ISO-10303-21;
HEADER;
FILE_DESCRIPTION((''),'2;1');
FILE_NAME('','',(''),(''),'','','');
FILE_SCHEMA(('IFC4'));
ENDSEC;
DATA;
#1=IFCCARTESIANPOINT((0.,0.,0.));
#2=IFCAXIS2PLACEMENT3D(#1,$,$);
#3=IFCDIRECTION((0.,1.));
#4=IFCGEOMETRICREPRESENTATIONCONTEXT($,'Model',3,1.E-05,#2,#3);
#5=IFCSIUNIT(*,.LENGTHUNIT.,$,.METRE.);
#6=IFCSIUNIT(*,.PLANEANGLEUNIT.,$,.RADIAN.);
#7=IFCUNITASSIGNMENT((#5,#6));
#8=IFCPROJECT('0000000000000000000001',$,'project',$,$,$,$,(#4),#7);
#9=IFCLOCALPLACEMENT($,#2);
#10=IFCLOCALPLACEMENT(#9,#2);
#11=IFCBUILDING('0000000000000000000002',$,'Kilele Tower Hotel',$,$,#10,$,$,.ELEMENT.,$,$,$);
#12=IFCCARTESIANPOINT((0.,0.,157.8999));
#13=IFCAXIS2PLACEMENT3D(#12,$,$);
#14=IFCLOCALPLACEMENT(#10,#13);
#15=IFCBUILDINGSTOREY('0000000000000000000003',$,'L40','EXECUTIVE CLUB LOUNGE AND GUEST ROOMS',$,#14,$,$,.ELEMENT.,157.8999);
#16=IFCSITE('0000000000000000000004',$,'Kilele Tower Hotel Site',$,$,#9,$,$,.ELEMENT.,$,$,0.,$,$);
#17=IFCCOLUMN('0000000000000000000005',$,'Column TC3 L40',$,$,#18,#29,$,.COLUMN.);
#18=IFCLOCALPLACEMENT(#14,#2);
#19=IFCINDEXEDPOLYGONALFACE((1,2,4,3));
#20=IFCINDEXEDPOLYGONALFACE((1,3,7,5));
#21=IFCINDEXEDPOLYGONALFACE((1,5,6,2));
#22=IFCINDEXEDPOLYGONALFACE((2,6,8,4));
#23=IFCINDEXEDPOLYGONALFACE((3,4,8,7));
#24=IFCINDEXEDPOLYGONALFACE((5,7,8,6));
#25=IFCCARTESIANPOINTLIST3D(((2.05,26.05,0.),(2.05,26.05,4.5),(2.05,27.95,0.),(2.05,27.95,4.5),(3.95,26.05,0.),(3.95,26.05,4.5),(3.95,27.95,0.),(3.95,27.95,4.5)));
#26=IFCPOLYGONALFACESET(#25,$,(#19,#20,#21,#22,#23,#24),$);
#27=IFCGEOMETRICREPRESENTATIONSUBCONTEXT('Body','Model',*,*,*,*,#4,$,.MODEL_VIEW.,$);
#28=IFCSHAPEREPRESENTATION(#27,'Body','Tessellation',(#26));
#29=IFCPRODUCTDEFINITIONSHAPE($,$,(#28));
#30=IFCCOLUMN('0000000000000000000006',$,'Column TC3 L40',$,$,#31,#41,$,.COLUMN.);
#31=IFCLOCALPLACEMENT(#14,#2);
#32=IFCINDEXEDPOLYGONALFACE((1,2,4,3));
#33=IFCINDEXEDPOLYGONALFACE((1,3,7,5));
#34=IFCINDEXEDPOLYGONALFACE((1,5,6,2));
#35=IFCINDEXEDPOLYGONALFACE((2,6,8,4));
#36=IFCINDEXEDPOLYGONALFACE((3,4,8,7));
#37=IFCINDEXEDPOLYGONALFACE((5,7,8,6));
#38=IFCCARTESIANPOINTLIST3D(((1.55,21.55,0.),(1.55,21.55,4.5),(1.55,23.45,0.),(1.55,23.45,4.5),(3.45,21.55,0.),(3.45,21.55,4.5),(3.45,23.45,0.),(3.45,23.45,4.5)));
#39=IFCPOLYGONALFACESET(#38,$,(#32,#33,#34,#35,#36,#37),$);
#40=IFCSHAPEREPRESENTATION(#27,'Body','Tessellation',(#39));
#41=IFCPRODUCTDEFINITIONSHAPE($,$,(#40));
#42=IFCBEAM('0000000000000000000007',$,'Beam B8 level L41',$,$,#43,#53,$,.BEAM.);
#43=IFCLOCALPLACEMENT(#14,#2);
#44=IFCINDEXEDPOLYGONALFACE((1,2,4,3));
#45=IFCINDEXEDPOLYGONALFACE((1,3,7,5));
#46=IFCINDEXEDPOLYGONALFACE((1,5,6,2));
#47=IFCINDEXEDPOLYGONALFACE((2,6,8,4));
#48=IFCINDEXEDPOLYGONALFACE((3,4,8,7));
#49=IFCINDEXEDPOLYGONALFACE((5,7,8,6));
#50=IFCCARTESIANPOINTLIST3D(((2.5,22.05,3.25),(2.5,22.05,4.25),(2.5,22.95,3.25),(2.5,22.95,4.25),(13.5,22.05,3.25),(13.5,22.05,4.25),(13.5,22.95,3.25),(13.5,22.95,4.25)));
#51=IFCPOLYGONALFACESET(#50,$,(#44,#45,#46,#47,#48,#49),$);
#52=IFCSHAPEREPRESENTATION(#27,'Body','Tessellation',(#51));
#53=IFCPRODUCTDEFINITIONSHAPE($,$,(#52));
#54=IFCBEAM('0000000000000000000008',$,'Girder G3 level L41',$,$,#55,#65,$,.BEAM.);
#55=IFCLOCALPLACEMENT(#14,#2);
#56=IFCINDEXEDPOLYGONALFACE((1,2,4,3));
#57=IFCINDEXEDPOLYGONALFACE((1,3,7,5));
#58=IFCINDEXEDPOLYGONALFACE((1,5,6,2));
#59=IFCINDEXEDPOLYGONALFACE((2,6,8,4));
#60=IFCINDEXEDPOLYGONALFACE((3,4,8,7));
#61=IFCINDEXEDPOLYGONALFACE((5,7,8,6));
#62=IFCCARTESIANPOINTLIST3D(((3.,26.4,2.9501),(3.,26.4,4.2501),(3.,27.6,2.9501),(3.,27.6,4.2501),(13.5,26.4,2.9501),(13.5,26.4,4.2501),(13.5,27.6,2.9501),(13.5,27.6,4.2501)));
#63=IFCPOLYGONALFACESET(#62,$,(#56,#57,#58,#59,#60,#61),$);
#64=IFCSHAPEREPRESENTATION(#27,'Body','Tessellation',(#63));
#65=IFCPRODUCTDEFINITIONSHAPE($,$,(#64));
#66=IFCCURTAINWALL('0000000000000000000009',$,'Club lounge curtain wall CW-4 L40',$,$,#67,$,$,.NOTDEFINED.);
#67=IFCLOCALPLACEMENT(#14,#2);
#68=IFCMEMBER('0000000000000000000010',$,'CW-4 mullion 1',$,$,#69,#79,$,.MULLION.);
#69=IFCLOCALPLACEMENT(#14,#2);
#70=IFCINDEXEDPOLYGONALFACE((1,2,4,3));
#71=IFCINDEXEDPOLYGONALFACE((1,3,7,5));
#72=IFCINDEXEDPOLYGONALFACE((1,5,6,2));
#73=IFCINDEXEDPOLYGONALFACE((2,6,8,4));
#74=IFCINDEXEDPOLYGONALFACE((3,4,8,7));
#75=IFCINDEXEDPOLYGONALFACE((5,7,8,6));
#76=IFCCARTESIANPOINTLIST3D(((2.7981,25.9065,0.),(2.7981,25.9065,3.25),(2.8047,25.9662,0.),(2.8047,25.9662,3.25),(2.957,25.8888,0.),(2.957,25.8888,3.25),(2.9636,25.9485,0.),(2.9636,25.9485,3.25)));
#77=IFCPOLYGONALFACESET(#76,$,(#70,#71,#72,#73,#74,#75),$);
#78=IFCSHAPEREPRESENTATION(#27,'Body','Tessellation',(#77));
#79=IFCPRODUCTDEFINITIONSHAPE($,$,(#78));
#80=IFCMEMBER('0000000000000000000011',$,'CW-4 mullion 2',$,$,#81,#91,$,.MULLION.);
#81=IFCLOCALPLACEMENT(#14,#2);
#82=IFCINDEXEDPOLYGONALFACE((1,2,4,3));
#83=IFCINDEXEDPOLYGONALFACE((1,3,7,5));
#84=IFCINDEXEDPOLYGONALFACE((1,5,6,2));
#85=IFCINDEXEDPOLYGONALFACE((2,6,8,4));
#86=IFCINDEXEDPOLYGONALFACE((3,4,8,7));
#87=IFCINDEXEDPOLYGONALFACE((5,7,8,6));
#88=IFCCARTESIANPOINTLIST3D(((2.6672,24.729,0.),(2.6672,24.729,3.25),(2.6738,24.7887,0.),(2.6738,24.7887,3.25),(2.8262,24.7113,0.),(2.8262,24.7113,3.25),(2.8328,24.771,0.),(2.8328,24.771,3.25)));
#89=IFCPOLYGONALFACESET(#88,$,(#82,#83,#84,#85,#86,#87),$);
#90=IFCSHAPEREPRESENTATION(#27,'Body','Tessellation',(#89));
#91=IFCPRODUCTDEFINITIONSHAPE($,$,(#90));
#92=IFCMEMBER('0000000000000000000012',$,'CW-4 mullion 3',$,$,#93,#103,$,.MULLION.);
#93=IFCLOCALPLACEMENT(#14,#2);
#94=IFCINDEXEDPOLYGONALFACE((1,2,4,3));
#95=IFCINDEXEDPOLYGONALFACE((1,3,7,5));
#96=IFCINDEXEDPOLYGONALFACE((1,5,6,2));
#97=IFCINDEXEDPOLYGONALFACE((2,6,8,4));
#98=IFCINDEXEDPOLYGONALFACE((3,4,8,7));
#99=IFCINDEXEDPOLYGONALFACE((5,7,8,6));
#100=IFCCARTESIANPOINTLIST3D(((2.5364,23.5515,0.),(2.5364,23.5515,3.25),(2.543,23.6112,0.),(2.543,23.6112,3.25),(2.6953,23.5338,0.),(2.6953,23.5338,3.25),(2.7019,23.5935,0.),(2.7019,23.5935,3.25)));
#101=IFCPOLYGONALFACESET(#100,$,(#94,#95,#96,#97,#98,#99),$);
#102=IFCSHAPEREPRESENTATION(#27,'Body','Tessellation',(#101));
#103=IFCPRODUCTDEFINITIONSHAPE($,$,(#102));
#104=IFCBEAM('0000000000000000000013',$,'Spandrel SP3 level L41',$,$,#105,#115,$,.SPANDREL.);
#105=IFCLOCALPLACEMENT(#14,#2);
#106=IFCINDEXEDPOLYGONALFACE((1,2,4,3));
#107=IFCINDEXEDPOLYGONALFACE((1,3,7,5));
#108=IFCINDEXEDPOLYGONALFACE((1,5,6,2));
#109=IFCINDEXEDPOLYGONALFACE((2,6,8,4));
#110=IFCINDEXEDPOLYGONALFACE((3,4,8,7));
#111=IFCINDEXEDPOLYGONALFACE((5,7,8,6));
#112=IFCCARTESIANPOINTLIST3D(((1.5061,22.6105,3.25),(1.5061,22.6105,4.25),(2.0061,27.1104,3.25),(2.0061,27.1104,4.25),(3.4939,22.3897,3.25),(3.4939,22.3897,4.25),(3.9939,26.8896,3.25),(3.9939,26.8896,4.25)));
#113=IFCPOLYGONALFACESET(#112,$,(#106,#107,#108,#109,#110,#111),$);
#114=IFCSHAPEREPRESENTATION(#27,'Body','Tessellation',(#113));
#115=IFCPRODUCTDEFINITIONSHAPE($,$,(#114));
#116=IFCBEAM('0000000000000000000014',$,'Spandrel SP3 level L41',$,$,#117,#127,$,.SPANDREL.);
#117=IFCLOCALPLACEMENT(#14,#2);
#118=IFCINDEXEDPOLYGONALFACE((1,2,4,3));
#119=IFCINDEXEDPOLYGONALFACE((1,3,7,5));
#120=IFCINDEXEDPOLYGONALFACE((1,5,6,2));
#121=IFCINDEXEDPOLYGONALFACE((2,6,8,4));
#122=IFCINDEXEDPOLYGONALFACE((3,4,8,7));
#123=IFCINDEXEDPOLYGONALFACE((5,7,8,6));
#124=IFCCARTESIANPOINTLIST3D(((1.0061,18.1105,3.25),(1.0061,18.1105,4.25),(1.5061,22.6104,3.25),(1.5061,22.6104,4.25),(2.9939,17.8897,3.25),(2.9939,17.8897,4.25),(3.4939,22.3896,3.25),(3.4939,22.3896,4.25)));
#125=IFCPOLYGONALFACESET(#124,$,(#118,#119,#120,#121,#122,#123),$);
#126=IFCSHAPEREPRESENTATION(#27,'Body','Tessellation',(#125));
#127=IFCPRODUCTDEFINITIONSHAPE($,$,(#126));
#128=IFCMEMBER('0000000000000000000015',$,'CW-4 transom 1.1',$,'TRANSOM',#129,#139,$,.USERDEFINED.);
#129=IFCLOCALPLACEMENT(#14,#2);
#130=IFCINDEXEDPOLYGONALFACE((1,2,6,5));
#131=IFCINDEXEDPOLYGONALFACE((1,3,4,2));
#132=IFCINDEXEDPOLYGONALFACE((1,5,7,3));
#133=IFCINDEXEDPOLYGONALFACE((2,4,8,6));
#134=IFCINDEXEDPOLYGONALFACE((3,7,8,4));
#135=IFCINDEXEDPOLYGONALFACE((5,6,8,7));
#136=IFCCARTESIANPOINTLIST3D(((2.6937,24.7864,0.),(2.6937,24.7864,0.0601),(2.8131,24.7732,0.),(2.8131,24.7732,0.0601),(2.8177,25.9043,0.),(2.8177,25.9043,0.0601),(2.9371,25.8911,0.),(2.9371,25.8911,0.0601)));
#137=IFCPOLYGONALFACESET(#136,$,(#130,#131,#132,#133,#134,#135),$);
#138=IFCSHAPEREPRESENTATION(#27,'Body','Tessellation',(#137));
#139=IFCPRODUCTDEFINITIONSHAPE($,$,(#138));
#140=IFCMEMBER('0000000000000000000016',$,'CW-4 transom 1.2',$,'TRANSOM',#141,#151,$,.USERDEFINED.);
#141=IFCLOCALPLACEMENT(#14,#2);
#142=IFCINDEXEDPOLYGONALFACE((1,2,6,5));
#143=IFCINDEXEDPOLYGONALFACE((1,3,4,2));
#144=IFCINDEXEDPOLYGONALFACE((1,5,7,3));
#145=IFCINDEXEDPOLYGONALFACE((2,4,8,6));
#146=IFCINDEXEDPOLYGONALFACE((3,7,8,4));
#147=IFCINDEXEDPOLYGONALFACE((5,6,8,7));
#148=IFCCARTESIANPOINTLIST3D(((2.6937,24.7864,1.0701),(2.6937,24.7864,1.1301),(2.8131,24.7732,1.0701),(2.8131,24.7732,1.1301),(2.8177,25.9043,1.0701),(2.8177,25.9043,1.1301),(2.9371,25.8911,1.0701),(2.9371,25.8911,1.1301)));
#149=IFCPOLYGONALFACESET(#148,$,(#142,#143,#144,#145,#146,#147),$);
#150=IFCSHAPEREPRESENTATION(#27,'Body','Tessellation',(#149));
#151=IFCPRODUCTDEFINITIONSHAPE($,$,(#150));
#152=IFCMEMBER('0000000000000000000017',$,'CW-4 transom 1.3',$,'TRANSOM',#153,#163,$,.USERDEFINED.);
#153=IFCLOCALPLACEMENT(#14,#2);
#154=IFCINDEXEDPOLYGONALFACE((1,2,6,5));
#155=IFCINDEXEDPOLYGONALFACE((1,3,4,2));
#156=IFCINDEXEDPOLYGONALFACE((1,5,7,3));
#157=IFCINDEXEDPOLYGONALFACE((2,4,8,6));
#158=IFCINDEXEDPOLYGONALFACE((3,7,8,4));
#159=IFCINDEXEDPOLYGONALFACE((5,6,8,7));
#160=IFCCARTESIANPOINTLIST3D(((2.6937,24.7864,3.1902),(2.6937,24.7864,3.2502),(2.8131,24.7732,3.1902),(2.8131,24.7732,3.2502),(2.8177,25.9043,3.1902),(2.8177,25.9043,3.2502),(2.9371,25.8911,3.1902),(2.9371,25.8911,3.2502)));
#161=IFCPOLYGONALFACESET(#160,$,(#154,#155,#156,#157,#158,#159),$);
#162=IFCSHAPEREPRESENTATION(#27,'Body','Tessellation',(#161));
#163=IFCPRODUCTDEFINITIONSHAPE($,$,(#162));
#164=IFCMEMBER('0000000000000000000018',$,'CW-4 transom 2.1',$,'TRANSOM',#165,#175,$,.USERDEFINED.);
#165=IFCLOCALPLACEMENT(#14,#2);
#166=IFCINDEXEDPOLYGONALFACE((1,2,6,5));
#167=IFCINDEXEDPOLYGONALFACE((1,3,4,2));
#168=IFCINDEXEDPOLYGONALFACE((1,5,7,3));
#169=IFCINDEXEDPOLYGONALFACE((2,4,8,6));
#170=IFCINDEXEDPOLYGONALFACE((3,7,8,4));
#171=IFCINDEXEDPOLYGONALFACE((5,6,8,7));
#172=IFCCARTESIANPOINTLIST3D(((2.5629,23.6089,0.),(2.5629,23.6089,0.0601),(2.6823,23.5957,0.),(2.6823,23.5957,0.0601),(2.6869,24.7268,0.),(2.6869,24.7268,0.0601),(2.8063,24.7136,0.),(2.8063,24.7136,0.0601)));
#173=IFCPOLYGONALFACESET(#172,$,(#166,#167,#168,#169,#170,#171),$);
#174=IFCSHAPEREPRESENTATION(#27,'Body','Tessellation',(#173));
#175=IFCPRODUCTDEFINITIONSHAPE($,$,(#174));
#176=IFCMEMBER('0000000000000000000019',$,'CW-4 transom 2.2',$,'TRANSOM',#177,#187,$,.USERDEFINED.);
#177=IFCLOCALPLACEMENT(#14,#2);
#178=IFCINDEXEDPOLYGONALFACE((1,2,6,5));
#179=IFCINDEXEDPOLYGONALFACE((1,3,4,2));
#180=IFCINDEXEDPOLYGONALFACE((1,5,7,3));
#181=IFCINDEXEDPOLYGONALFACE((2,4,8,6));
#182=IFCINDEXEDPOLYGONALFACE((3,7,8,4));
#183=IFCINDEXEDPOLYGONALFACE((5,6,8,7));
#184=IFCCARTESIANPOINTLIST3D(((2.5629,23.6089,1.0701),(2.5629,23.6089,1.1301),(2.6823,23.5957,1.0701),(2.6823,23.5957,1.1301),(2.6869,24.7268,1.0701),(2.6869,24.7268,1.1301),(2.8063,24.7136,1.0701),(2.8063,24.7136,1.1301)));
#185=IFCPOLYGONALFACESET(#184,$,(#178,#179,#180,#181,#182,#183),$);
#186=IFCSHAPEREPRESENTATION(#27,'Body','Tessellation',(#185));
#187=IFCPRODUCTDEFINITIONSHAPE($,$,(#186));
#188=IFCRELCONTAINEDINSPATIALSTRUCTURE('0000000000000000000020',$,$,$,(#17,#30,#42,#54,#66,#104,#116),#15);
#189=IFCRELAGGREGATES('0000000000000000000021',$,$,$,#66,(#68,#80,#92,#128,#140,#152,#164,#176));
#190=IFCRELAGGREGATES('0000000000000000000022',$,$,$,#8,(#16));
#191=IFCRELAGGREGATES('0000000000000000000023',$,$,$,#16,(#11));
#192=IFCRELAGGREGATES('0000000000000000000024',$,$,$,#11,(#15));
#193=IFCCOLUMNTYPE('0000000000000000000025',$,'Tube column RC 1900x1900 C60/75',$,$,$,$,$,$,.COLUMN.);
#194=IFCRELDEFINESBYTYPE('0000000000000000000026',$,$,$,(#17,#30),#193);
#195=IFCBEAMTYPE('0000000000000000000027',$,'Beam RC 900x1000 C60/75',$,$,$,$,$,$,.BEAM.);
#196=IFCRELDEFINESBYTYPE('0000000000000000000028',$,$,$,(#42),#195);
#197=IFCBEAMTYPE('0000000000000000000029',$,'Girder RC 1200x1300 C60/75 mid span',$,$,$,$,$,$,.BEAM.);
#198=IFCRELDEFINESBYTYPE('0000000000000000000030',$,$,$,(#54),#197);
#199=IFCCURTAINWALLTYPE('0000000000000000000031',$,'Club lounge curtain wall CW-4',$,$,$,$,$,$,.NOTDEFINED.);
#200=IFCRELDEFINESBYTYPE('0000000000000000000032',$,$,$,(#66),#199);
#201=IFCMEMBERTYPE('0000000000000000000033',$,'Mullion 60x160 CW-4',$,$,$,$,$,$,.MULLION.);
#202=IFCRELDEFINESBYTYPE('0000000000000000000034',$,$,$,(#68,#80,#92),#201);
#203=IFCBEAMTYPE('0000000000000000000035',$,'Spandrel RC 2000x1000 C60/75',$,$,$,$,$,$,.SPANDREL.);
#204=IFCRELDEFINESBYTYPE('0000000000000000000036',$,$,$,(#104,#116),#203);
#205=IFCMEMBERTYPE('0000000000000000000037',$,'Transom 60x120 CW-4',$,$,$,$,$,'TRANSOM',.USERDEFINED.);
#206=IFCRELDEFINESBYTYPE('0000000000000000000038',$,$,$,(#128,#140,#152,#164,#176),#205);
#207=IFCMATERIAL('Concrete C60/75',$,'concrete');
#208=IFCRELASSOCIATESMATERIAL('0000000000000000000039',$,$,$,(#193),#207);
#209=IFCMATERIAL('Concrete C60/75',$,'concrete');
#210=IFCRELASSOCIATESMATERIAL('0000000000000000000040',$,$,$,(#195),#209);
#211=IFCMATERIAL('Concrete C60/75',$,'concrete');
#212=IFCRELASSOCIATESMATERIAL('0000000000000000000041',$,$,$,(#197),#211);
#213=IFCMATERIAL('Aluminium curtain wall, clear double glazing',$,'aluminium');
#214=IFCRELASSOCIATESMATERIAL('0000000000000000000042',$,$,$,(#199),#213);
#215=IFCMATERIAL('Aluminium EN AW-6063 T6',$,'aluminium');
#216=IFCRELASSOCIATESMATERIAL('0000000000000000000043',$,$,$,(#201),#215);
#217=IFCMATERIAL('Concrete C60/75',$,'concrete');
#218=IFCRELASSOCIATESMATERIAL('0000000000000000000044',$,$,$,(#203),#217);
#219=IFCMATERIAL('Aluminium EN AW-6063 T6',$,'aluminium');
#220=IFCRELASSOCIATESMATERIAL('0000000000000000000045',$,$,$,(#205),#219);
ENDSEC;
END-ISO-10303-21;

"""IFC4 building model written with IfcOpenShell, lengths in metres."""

from ifc_helpers import new_model, si_unit, direction, frame, origin, origin_2d, place, context, subcontext, project, spatial, rectangle, extrude, material, material_profile, profile_set, type_object, element, aggregate, save


model = new_model("IFC4")

# Units and contexts
model_context = context("Model", 3, precision=1e-05, world=origin(), true_north=direction((0.0, 1.0)))
body_context = subcontext(model_context, "Body", "Model", "MODEL_VIEW")
ifc_project = project(units=[si_unit("LENGTHUNIT", "METRE"), si_unit("PLANEANGLEUNIT", "RADIAN")], contexts=[model_context])

# Site, building, storey
site_placement = place(None, origin())
site = spatial("IfcSite", under=ifc_project, at=site_placement, Name="Kilele Tower Hotel Site", CompositionType="ELEMENT", RefElevation=0.0)
building_placement = place(site_placement, origin())
building = spatial("IfcBuilding", under=site, at=building_placement, Name="Kilele Tower Hotel", CompositionType="ELEMENT")
storey_placement = place(building_placement, frame((0.0, 0.0, 157.8999)))
storey = spatial("IfcBuildingStorey", under=building, at=storey_placement, Name="L40", Description="EXECUTIVE CLUB LOUNGE AND GUEST ROOMS", CompositionType="ELEMENT", Elevation=157.8999)

# Columns
ifc_material_1 = material(Name="Concrete C60/75", Category="concrete")
ifc_material_profile_1 = material_profile(ifc_material_1, rectangle(XDim=1.8999, YDim=1.8999, at=origin_2d()))
ifc_profile_set_1 = profile_set([ifc_material_profile_1], Name="Concrete C60/75")
column_type = type_object("IfcColumnType", Name="Tube column RC 1900x1900 C60/75", PredefinedType="COLUMN", material=ifc_profile_set_1)
for number, where, z_axis, x_axis, name in (
    (1, (3.0, 27.0, 0.0), (0.0, 0.0, 1.0), (1.0, 0.0, 0.0), "Column TC3 L40"),
    (2, (2.5, 22.5, 0.0), (0.0, 0.0, 1.0), (1.0, 0.0, 0.0), "Column TC3 L40"),
):
    element("IfcColumn", number, at=place(storey_placement, frame(where, z_axis=z_axis, x_axis=x_axis)), inside=storey, type_object=column_type, Name=name, PredefinedType="COLUMN", context=body_context, shape_type="SweptSolid", body=[
        extrude(rectangle(XDim=1.8999, YDim=1.8999, at=origin_2d()), origin(), (0.0, 0.0, 1.0), 4.5),
    ])

# Beams
ifc_material_2 = material(Name="Concrete C60/75", Category="concrete")
ifc_material_profile_2 = material_profile(ifc_material_2, rectangle(XDim=0.8999, YDim=1.0, at=origin_2d()))
ifc_profile_set_2 = profile_set([ifc_material_profile_2], Name="Concrete C60/75")
beam_type_1 = type_object("IfcBeamType", Name="Beam RC 900x1000 C60/75", PredefinedType="BEAM", material=ifc_profile_set_2)
beam_1_placement = place(storey_placement, frame((2.5, 22.5, 3.75), z_axis=(1.0, 0.0, 0.0), x_axis=(0.0, 1.0, 0.0)))
element("IfcBeam", 3, at=beam_1_placement, inside=storey, type_object=beam_type_1, Name="Beam B8 level L41", PredefinedType="BEAM", context=body_context, shape_type="SweptSolid", body=[
    extrude(rectangle(XDim=0.8999, YDim=1.0, at=origin_2d()), origin(), (0.0, 0.0, 1.0), 11.0),
])
ifc_material_3 = material(Name="Concrete C60/75", Category="concrete")
ifc_material_profile_3 = material_profile(ifc_material_3, rectangle(XDim=1.2, YDim=1.3, at=origin_2d()))
ifc_profile_set_3 = profile_set([ifc_material_profile_3], Name="Concrete C60/75")
beam_type_2 = type_object("IfcBeamType", Name="Girder RC 1200x1300 C60/75 mid span", PredefinedType="BEAM", material=ifc_profile_set_3)
beam_2_placement = place(storey_placement, frame((3.0, 27.0, 3.6001), z_axis=(1.0, 0.0, 0.0), x_axis=(0.0, 1.0, 0.0)))
element("IfcBeam", 4, at=beam_2_placement, inside=storey, type_object=beam_type_2, Name="Girder G3 level L41", PredefinedType="BEAM", context=body_context, shape_type="SweptSolid", body=[
    extrude(rectangle(XDim=1.2, YDim=1.3, at=origin_2d()), origin(), (0.0, 0.0, 1.0), 10.5),
])

# Curtain wall, members
ifc_material_4 = material(Name="Aluminium curtain wall, clear double glazing", Category="aluminium")
curtain_wall_type = type_object("IfcCurtainWallType", Name="Club lounge curtain wall CW-4", PredefinedType="NOTDEFINED", material=ifc_material_4)
curtain_wall_placement = place(storey_placement, origin())
curtain_wall = element("IfcCurtainWall", 5, at=curtain_wall_placement, inside=storey, type_object=curtain_wall_type, Name="Club lounge curtain wall CW-4 L40", PredefinedType="NOTDEFINED")
ifc_material_5 = material(Name="Aluminium EN AW-6063 T6", Category="aluminium")
ifc_material_profile_4 = material_profile(ifc_material_5, rectangle(XDim=0.1599, YDim=0.0601, at=origin_2d()))
ifc_profile_set_4 = profile_set([ifc_material_profile_4], Name="Aluminium EN AW-6063 T6")
member_type_1 = type_object("IfcMemberType", Name="Mullion 60x160 CW-4", PredefinedType="MULLION", material=ifc_profile_set_4)
member_1_placement = place(storey_placement, frame((2.8809, 25.9275, 0.0), z_axis=(0.0, 0.0, 1.0), x_axis=(0.993884, -0.110432, 0.0)))
member_1 = element("IfcMember", 6, at=member_1_placement, type_object=member_type_1, Name="CW-4 mullion 1", PredefinedType="MULLION", context=body_context, shape_type="SweptSolid", body=[
    extrude(rectangle(XDim=0.1599, YDim=0.0601, at=origin_2d()), origin(), (0.0, 0.0, 1.0), 3.25),
])
member_2_placement = place(storey_placement, frame((2.75, 24.75, 0.0), z_axis=(0.0, 0.0, 1.0), x_axis=(0.993884, -0.110432, 0.0)))
member_2 = element("IfcMember", 7, at=member_2_placement, type_object=member_type_1, Name="CW-4 mullion 2", PredefinedType="MULLION", context=body_context, shape_type="SweptSolid", body=[
    extrude(rectangle(XDim=0.1599, YDim=0.0601, at=origin_2d()), origin(), (0.0, 0.0, 1.0), 3.25),
])
member_3_placement = place(storey_placement, frame((2.6191, 23.5725, 0.0), z_axis=(0.0, 0.0, 1.0), x_axis=(0.993884, -0.110432, 0.0)))
member_3 = element("IfcMember", 8, at=member_3_placement, type_object=member_type_1, Name="CW-4 mullion 3", PredefinedType="MULLION", context=body_context, shape_type="SweptSolid", body=[
    extrude(rectangle(XDim=0.1599, YDim=0.0601, at=origin_2d()), origin(), (0.0, 0.0, 1.0), 3.25),
])

# Beams
ifc_material_6 = material(Name="Concrete C60/75", Category="concrete")
ifc_material_profile_5 = material_profile(ifc_material_6, rectangle(XDim=2.0, YDim=1.0, at=origin_2d()))
ifc_profile_set_5 = profile_set([ifc_material_profile_5], Name="Concrete C60/75")
beam_type_3 = type_object("IfcBeamType", Name="Spandrel RC 2000x1000 C60/75", PredefinedType="SPANDREL", material=ifc_profile_set_5)
for number, where, z_axis, x_axis, name in (
    (9, (3.0, 27.0, 3.75), (-0.110432, -0.993884, 0.0), (0.993884, -0.110432, 0.0), "Spandrel SP3 level L41"),
    (10, (2.5, 22.5, 3.75), (-0.110432, -0.993884, 0.0), (0.993884, -0.110432, 0.0), "Spandrel SP3 level L41"),
):
    element("IfcBeam", number, at=place(storey_placement, frame(where, z_axis=z_axis, x_axis=x_axis)), inside=storey, type_object=beam_type_3, Name=name, PredefinedType="SPANDREL", context=body_context, shape_type="SweptSolid", body=[
        extrude(rectangle(XDim=2.0, YDim=1.0, at=origin_2d()), origin(), (0.0, 0.0, 1.0), 4.5276),
    ])

# Members
ifc_material_7 = material(Name="Aluminium EN AW-6063 T6", Category="aluminium")
ifc_material_profile_6 = material_profile(ifc_material_7, rectangle(XDim=0.1201, YDim=0.0601, at=origin_2d()))
ifc_profile_set_6 = profile_set([ifc_material_profile_6], Name="Aluminium EN AW-6063 T6")
member_type_2 = type_object("IfcMemberType", Name="Transom 60x120 CW-4", ElementType="TRANSOM", PredefinedType="USERDEFINED", material=ifc_profile_set_6)
member_4_placement = place(storey_placement, frame((2.8774, 25.8977, 0.03), z_axis=(-0.110265, -0.993902, 0.0), x_axis=(0.993902, -0.110265, 0.0)))
member_4 = element("IfcMember", 11, at=member_4_placement, type_object=member_type_2, Name="CW-4 transom 1.1", ObjectType="TRANSOM", PredefinedType="USERDEFINED", context=body_context, shape_type="SweptSolid", body=[
    extrude(rectangle(XDim=0.1201, YDim=0.0601, at=origin_2d()), origin(), (0.0, 0.0, 1.0), 1.1248),
])
member_5_placement = place(storey_placement, frame((2.8774, 25.8977, 1.1001), z_axis=(-0.110265, -0.993902, 0.0), x_axis=(0.993902, -0.110265, 0.0)))
member_5 = element("IfcMember", 12, at=member_5_placement, type_object=member_type_2, Name="CW-4 transom 1.2", ObjectType="TRANSOM", PredefinedType="USERDEFINED", context=body_context, shape_type="SweptSolid", body=[
    extrude(rectangle(XDim=0.1201, YDim=0.0601, at=origin_2d()), origin(), (0.0, 0.0, 1.0), 1.1248),
])
member_6_placement = place(storey_placement, frame((2.8774, 25.8977, 3.2202), z_axis=(-0.110265, -0.993902, 0.0), x_axis=(0.993902, -0.110265, 0.0)))
member_6 = element("IfcMember", 13, at=member_6_placement, type_object=member_type_2, Name="CW-4 transom 1.3", ObjectType="TRANSOM", PredefinedType="USERDEFINED", context=body_context, shape_type="SweptSolid", body=[
    extrude(rectangle(XDim=0.1201, YDim=0.0601, at=origin_2d()), origin(), (0.0, 0.0, 1.0), 1.1248),
])
member_7_placement = place(storey_placement, frame((2.7466, 24.7202, 0.03), z_axis=(-0.110265, -0.993902, 0.0), x_axis=(0.993902, -0.110265, 0.0)))
member_7 = element("IfcMember", 14, at=member_7_placement, type_object=member_type_2, Name="CW-4 transom 2.1", ObjectType="TRANSOM", PredefinedType="USERDEFINED", context=body_context, shape_type="SweptSolid", body=[
    extrude(rectangle(XDim=0.1201, YDim=0.0601, at=origin_2d()), origin(), (0.0, 0.0, 1.0), 1.1248),
])
member_8_placement = place(storey_placement, frame((2.7466, 24.7202, 1.1001), z_axis=(-0.110265, -0.993902, 0.0), x_axis=(0.993902, -0.110265, 0.0)))
member_8 = element("IfcMember", 15, at=member_8_placement, type_object=member_type_2, Name="CW-4 transom 2.2", ObjectType="TRANSOM", PredefinedType="USERDEFINED", context=body_context, shape_type="SweptSolid", body=[
    extrude(rectangle(XDim=0.1201, YDim=0.0601, at=origin_2d()), origin(), (0.0, 0.0, 1.0), 1.1248),
])

aggregate(curtain_wall, [member_1, member_2, member_3, member_4, member_5, member_6, member_7, member_8])

save(model, "model.ifc")
